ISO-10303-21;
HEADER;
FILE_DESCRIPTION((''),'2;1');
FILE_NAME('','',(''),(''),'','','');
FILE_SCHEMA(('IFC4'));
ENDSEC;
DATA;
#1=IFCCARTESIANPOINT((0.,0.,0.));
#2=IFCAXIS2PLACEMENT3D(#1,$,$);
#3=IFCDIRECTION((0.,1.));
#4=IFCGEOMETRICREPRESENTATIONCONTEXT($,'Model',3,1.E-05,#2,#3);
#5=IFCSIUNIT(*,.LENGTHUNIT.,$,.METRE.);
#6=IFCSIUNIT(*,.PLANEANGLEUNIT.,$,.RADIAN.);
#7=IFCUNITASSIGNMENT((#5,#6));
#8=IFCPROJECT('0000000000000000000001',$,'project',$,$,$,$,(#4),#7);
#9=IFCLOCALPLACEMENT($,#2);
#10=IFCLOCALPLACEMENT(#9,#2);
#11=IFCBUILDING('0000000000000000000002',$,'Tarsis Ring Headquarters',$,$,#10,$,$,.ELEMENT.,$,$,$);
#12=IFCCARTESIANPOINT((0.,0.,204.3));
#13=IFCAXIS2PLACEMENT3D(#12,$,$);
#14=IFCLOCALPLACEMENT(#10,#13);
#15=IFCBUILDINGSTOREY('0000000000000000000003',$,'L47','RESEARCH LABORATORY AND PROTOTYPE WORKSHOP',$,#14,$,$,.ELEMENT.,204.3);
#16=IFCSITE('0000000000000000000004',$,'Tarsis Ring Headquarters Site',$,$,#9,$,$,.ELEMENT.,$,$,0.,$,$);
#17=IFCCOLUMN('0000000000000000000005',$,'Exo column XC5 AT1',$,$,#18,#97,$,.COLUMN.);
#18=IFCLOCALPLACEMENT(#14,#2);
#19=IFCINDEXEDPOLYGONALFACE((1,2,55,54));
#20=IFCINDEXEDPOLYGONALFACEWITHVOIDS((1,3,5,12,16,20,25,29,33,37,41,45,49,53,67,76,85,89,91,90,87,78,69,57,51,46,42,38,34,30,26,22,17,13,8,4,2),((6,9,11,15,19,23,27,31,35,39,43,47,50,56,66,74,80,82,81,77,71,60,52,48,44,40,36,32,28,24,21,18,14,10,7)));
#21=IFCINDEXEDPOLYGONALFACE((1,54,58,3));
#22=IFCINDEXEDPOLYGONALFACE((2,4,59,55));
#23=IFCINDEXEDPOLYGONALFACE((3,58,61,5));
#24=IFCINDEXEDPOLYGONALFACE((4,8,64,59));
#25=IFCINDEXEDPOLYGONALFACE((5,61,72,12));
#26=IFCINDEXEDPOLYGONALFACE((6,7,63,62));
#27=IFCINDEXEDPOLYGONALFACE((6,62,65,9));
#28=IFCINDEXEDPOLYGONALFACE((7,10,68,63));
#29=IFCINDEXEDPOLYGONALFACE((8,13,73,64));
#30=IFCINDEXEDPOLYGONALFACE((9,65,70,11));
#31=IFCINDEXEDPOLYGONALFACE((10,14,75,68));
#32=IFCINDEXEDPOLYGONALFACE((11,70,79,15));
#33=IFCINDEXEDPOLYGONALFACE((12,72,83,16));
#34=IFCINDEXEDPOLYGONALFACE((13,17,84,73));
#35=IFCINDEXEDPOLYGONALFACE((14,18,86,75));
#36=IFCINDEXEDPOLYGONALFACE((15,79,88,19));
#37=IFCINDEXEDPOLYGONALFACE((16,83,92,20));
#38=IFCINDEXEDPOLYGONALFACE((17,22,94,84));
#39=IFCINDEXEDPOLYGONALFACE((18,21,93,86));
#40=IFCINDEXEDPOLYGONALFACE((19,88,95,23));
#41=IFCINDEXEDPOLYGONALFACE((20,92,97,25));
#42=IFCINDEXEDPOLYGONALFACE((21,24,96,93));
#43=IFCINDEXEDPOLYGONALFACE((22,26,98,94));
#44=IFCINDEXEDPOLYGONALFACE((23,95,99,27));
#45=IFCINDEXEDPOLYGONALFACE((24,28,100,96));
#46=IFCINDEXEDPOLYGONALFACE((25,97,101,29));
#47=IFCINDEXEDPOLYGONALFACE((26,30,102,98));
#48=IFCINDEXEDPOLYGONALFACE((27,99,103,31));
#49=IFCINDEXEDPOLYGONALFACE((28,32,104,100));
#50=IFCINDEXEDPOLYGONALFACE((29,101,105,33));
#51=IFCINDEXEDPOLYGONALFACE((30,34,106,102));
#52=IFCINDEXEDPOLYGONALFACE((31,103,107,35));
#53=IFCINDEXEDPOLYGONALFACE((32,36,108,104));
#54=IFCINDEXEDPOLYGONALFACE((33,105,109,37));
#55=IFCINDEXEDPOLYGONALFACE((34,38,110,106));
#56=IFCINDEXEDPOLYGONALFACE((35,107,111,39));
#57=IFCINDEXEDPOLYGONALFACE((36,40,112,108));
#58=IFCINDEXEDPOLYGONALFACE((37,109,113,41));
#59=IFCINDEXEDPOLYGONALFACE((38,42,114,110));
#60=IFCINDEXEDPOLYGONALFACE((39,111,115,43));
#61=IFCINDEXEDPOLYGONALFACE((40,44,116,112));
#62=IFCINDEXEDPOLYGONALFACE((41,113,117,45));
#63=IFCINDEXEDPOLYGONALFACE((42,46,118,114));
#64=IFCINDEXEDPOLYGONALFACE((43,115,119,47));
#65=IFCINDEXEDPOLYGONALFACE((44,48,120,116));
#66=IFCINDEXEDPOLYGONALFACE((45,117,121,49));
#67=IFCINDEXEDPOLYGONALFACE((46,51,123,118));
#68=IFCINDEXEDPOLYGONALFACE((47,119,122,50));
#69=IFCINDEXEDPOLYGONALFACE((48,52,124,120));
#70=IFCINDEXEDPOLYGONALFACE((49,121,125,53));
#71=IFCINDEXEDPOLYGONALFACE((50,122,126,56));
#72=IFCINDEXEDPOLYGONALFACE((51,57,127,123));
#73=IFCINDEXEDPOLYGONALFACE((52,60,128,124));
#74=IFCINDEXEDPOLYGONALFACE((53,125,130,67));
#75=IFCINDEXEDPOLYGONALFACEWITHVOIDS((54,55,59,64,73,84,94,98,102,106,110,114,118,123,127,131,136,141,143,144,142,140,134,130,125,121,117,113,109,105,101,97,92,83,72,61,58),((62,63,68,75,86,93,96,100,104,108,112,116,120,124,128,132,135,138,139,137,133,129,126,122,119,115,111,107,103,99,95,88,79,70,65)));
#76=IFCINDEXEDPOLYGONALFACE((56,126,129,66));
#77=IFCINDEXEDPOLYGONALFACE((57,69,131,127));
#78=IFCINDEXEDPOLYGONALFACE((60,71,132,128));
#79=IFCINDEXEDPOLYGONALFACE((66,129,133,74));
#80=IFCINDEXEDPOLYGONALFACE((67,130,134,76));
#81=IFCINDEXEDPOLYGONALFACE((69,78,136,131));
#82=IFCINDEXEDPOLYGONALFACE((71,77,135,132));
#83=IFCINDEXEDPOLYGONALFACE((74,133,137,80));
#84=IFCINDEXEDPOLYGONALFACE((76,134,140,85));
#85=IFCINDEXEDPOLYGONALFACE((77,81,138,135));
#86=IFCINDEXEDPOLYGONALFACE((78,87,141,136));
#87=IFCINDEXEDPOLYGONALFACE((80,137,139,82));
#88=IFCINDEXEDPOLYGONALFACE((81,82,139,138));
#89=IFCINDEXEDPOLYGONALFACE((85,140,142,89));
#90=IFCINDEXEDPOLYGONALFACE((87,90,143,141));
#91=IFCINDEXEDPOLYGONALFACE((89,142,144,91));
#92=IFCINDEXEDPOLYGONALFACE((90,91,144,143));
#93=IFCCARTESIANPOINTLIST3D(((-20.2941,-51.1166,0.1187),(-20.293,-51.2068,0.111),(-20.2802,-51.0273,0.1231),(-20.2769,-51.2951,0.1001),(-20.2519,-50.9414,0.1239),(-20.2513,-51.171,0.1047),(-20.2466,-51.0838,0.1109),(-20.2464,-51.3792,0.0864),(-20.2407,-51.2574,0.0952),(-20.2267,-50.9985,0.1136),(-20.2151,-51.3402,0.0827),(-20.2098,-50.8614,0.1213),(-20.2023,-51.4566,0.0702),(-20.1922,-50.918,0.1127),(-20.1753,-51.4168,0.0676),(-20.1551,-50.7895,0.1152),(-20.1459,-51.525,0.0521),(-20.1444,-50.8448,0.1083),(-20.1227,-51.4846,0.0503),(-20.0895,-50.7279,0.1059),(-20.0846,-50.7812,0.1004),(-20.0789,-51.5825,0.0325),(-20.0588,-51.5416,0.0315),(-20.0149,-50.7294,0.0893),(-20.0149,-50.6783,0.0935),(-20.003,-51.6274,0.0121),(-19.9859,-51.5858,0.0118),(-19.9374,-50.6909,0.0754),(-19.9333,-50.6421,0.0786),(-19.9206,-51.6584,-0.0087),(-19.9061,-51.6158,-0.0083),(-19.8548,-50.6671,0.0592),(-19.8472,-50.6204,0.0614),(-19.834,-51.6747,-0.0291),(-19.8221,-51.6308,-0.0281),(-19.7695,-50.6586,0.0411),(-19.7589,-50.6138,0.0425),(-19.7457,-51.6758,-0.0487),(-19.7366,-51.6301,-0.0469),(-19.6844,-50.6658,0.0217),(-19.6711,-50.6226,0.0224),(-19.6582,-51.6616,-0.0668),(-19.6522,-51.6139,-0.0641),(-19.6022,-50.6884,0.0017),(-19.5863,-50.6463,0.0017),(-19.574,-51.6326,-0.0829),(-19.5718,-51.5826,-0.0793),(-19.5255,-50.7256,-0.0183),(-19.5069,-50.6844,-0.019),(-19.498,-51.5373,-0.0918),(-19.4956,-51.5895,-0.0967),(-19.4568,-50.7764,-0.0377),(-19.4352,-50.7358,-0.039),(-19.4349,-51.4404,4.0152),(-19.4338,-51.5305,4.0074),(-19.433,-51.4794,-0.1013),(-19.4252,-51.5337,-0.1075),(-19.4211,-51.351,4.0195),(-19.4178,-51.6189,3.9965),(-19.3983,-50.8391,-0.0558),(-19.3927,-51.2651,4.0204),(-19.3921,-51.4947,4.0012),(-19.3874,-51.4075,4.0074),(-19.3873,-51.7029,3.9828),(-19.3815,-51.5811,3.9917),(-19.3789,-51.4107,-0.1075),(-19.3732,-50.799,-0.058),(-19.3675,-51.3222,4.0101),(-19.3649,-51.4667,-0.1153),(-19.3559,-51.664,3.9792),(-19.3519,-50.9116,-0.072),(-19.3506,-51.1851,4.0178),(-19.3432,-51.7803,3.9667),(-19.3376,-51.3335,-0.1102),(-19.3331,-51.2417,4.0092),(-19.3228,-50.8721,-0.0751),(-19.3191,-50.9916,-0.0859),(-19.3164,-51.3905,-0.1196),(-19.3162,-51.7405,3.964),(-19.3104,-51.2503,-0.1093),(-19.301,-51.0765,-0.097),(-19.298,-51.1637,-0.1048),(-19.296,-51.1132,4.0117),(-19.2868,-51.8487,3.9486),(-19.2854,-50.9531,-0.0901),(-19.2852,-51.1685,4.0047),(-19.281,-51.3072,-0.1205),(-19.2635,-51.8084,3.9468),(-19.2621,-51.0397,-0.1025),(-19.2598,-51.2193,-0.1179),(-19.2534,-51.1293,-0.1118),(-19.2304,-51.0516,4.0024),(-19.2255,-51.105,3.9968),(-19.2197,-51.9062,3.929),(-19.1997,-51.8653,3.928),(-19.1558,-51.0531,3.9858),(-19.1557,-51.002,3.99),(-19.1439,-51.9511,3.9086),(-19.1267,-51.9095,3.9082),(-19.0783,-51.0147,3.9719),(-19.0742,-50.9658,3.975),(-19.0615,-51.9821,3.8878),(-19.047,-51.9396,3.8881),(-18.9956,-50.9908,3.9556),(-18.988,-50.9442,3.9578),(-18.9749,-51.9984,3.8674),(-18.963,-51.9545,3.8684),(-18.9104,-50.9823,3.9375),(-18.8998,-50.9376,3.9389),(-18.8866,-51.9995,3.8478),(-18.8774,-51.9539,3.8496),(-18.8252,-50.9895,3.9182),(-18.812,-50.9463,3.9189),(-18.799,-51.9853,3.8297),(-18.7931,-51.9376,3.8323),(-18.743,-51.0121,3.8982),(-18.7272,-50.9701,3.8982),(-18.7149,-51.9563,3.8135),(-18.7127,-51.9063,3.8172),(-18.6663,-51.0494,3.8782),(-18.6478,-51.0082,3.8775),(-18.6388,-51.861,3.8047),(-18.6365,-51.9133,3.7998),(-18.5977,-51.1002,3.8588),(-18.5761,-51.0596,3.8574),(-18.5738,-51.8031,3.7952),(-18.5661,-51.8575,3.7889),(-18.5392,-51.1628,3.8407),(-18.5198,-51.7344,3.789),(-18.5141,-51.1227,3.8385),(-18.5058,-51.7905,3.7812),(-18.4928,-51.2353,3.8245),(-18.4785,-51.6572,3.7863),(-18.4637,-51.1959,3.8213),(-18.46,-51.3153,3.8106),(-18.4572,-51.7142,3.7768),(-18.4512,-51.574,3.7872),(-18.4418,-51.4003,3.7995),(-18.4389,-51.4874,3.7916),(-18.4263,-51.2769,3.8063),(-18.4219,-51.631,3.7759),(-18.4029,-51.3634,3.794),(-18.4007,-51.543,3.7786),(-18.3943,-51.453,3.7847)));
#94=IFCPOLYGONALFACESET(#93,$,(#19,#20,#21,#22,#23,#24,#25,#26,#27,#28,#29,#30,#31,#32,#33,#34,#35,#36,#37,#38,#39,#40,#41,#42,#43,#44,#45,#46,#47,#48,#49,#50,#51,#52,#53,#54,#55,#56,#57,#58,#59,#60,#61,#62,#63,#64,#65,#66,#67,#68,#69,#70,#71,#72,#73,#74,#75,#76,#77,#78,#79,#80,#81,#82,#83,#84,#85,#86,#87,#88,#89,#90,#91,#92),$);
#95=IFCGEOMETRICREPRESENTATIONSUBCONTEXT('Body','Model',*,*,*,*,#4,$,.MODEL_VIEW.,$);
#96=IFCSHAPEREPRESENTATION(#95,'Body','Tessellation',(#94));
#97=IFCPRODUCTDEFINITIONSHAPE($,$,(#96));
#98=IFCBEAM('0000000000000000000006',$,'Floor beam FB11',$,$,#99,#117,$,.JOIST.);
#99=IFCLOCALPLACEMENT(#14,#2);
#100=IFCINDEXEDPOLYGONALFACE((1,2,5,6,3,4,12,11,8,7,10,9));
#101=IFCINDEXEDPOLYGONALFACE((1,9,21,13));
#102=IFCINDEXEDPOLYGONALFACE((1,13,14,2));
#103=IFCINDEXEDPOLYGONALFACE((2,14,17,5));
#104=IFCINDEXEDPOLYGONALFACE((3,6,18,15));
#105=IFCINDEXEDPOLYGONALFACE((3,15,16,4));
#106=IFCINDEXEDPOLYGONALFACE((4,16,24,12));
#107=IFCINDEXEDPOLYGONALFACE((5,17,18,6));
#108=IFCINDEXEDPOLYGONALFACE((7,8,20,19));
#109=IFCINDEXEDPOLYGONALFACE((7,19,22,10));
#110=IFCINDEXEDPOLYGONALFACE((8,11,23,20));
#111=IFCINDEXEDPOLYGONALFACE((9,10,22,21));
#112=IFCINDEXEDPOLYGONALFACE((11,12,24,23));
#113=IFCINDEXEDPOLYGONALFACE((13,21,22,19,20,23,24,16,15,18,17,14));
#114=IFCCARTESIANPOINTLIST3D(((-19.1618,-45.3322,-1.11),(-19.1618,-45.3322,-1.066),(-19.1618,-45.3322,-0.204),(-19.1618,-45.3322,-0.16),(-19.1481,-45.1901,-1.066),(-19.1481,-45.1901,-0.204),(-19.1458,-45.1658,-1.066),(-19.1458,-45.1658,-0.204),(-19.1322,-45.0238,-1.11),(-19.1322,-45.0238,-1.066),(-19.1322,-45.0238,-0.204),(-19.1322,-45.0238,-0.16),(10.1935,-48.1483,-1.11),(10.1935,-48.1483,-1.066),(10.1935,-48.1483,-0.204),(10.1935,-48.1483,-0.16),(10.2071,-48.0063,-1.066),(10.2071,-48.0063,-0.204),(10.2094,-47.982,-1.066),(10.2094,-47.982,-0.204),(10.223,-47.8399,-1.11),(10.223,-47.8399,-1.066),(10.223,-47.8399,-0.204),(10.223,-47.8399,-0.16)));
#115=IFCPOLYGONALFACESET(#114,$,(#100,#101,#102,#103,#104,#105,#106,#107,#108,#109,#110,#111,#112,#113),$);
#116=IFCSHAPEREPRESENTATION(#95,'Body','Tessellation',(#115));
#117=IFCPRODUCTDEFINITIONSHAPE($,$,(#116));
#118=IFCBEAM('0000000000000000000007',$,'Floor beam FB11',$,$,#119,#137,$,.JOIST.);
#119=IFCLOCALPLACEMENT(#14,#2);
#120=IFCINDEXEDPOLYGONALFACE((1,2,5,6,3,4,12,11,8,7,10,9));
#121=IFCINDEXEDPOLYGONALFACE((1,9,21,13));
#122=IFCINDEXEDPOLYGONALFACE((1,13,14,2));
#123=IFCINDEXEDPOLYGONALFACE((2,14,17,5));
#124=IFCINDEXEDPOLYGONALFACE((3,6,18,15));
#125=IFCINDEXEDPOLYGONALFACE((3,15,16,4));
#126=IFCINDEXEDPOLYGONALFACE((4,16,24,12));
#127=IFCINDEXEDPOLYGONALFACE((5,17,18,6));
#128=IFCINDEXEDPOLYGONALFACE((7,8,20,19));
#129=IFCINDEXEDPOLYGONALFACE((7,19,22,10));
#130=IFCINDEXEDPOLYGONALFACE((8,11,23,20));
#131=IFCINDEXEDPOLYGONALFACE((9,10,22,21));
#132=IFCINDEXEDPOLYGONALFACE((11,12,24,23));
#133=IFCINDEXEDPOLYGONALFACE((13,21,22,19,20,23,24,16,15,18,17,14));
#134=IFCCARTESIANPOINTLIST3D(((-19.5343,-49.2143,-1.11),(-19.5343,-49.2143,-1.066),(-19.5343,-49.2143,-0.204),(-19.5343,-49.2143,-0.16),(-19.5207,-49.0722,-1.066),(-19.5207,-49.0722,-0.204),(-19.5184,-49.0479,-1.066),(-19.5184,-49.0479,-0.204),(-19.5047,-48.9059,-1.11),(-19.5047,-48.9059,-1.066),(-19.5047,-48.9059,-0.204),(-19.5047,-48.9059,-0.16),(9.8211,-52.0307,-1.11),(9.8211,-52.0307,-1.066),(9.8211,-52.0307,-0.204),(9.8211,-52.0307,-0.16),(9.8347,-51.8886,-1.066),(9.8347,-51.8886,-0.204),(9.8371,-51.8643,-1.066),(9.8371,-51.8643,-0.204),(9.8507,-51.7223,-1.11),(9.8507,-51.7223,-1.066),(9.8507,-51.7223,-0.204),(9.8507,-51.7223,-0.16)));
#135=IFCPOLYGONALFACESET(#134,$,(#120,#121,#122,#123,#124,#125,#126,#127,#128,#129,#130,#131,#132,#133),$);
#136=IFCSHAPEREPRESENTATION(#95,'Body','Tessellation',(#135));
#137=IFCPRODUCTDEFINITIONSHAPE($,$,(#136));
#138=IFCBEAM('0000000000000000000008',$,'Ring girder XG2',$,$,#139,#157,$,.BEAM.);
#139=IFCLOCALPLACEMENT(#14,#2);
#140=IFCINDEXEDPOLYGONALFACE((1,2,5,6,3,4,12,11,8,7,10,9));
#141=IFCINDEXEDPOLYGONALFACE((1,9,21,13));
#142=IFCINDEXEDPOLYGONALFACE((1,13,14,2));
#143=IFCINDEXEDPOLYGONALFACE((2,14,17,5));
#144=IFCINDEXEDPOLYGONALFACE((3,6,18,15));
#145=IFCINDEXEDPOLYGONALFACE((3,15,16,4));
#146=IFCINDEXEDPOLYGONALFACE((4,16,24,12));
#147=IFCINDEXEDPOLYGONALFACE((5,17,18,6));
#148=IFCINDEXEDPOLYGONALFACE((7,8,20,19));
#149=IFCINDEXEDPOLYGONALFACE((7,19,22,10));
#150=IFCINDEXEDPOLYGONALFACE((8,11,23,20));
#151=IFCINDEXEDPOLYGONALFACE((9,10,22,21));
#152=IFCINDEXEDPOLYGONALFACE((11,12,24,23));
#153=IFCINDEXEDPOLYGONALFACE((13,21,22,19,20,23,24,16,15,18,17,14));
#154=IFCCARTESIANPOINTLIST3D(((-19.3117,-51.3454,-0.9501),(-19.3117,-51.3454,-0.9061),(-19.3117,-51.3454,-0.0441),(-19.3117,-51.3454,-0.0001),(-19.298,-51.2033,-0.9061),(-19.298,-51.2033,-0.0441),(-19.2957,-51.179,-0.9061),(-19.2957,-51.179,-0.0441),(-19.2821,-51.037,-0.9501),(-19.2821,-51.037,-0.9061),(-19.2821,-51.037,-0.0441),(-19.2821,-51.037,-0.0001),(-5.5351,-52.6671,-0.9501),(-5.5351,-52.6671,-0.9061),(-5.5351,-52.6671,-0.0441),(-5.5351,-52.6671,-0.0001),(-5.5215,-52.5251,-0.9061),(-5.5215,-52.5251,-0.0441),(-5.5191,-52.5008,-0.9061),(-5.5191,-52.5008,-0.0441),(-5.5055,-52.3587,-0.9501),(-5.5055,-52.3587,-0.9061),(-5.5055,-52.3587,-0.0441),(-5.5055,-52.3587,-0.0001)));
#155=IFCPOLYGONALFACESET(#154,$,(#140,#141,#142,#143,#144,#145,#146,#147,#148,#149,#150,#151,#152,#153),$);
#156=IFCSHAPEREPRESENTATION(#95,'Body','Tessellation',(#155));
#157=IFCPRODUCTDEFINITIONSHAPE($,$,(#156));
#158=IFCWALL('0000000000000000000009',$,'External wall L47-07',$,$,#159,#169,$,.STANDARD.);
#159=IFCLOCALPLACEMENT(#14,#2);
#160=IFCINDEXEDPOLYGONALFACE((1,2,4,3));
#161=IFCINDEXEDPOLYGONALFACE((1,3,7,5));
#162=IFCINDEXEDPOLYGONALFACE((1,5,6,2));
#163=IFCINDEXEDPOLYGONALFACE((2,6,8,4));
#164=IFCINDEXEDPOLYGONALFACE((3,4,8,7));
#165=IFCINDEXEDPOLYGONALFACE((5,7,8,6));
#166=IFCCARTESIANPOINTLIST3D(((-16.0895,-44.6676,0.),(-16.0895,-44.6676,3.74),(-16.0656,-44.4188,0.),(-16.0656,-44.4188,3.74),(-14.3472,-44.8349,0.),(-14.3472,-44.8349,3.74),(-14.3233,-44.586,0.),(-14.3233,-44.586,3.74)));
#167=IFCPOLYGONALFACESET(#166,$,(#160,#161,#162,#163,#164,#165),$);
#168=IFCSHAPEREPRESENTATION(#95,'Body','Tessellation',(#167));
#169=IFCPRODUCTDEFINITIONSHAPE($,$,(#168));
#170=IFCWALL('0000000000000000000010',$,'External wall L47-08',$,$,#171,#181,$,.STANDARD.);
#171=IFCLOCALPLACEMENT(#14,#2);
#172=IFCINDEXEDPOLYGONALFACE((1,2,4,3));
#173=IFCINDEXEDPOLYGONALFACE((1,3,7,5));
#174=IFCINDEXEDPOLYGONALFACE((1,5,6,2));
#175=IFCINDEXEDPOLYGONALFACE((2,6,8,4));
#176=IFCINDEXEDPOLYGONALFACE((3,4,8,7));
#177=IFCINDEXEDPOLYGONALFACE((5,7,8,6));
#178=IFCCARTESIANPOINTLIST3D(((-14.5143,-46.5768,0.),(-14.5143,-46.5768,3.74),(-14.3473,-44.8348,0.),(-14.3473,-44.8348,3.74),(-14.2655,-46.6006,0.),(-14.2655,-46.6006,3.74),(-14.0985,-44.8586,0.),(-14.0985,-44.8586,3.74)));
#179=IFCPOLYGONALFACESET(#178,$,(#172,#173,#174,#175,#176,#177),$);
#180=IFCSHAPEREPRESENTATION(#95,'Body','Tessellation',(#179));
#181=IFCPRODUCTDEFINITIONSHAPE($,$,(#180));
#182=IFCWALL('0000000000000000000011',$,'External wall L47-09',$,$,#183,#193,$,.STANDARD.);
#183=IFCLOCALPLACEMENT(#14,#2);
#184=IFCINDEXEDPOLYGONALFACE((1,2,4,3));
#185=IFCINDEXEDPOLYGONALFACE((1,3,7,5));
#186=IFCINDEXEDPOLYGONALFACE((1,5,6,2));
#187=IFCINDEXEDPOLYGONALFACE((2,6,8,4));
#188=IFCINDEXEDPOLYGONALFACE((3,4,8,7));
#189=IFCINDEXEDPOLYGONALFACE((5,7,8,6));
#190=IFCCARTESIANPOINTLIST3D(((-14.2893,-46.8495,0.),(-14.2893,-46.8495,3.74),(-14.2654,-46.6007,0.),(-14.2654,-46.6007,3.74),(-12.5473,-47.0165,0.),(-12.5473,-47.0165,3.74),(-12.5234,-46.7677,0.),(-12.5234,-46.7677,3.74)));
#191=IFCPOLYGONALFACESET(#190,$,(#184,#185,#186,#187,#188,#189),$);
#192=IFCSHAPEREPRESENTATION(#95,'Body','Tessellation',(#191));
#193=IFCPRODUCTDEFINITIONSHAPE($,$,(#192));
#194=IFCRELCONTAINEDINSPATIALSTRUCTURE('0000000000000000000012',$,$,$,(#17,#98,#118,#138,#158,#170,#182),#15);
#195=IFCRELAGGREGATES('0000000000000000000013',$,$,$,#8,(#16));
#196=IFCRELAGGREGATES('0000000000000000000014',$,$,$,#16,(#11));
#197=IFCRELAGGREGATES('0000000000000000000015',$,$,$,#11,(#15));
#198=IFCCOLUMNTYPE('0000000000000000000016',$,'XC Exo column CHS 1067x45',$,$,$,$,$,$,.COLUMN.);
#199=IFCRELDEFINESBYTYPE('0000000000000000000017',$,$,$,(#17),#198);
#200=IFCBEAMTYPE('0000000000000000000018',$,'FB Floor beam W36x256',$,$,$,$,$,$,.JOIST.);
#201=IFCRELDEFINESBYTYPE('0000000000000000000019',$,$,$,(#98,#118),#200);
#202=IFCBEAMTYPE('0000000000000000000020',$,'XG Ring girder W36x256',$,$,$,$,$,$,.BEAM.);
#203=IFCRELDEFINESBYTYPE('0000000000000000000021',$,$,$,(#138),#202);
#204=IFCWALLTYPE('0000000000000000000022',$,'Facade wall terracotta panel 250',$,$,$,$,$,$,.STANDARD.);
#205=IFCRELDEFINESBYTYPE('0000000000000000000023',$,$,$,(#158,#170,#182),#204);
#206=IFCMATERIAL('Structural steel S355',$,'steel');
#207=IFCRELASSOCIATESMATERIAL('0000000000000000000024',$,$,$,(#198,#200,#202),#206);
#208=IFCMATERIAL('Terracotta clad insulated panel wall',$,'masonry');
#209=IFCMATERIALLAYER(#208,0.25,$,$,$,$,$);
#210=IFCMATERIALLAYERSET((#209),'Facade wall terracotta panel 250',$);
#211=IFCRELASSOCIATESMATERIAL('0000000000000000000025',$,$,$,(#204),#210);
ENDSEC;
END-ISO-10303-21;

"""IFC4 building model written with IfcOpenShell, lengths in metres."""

from ifc_helpers import new_model, si_unit, direction, frame, frame_2d, origin, origin_2d, place, context, subcontext, project, spatial, rectangle, hollow_circle, i_section, extrude, material, layer, layer_set, material_profile, profile_set, type_object, element, save


model = new_model("IFC4")

# Units and contexts
model_context = context("Model", 3, precision=1e-05, world=origin(), true_north=direction((0.0, 1.0)))
body_context = subcontext(model_context, "Body", "Model", "MODEL_VIEW")
ifc_project = project(units=[si_unit("LENGTHUNIT", "METRE"), si_unit("PLANEANGLEUNIT", "RADIAN")], contexts=[model_context])

# Site, building, storey
site_placement = place(None, origin())
site = spatial("IfcSite", under=ifc_project, at=site_placement, Name="Tarsis Ring Headquarters Site", CompositionType="ELEMENT", RefElevation=0.0)
building_placement = place(site_placement, origin())
building = spatial("IfcBuilding", under=site, at=building_placement, Name="Tarsis Ring Headquarters", CompositionType="ELEMENT")
storey_placement = place(building_placement, frame((0.0, 0.0, 204.3)))
storey = spatial("IfcBuildingStorey", under=building, at=storey_placement, Name="L47", Description="RESEARCH LABORATORY AND PROTOTYPE WORKSHOP", CompositionType="ELEMENT", Elevation=204.3)

# Column
ifc_material_1 = material(Name="Structural steel S355", Category="steel")
ifc_material_profile_1 = material_profile(ifc_material_1, hollow_circle(Radius=0.5334, WallThickness=0.0449, at=origin_2d()), Name="CHS 1067x45")
ifc_profile_set_1 = profile_set([ifc_material_profile_1], Name="Structural steel S355")
column_type = type_object("IfcColumnType", Name="XC Exo column CHS 1067x45", PredefinedType="COLUMN", material=ifc_profile_set_1)
column_placement = place(storey_placement, frame((-19.7744, -51.1455, 0.0017), z_axis=(0.214612, -0.080868, 0.973346), x_axis=(0.352609, 0.935771, 0.0)))
element("IfcColumn", 1, at=column_placement, inside=storey, type_object=column_type, Name="Exo column XC5 AT1", PredefinedType="COLUMN", context=body_context, shape_type="SweptSolid", body=[
    extrude(hollow_circle(Radius=0.5334, WallThickness=0.0449, at=origin_2d()), origin(), (0.0, 0.0, 1.0), 4.0032),
])

# Beams
ifc_material_profile_2 = material_profile(ifc_material_1, i_section(OverallWidth=0.3098, OverallDepth=0.95, WebThickness=0.0244, FlangeThickness=0.0439, at=origin_2d()), Name="W36x256")
ifc_profile_set_2 = profile_set([ifc_material_profile_2], Name="Structural steel S355")
beam_type_1 = type_object("IfcBeamType", Name="FB Floor beam W36x256", PredefinedType="JOIST", material=ifc_profile_set_2)
beam_1_placement = place(storey_placement, frame((-19.147, -45.178, -0.635), z_axis=(0.99543, -0.095496, 0.0), x_axis=(0.095496, 0.99543, 0.0)))
element("IfcBeam", 2, at=beam_1_placement, inside=storey, type_object=beam_type_1, Name="Floor beam FB11", PredefinedType="JOIST", context=body_context, shape_type="SweptSolid", body=[
    extrude(i_section(OverallWidth=0.3098, OverallDepth=0.95, WebThickness=0.0244, FlangeThickness=0.0439, at=origin_2d()), origin(), (0.0, 0.0, 1.0), 29.49),
])
beam_2_placement = place(storey_placement, frame((-19.5195, -49.0601, -0.635), z_axis=(0.995429, -0.095503, 0.0), x_axis=(0.095503, 0.995429, 0.0)))
element("IfcBeam", 3, at=beam_2_placement, inside=storey, type_object=beam_type_1, Name="Floor beam FB11", PredefinedType="JOIST", context=body_context, shape_type="SweptSolid", body=[
    extrude(i_section(OverallWidth=0.3098, OverallDepth=0.95, WebThickness=0.0244, FlangeThickness=0.0439, at=origin_2d()), origin(), (0.0, 0.0, 1.0), 29.4902),
])
beam_type_2 = type_object("IfcBeamType", Name="XG Ring girder W36x256", PredefinedType="BEAM", material=ifc_profile_set_2)
beam_3_placement = place(storey_placement, frame((-19.2969, -51.1912, -0.4751), z_axis=(0.995429, -0.095505, 0.0), x_axis=(0.095505, 0.995429, 0.0)))
element("IfcBeam", 4, at=beam_3_placement, inside=storey, type_object=beam_type_2, Name="Ring girder XG2", PredefinedType="BEAM", context=body_context, shape_type="SweptSolid", body=[
    extrude(i_section(OverallWidth=0.3098, OverallDepth=0.95, WebThickness=0.0244, FlangeThickness=0.0439, at=origin_2d()), origin(), (0.0, 0.0, 1.0), 13.8398),
])

# Walls
ifc_material_2 = material(Name="Terracotta clad insulated panel wall", Category="masonry")
ifc_layer = layer(ifc_material_2, 0.25)
ifc_layer_set = layer_set([ifc_layer], Name="Facade wall terracotta panel 250")
wall_type = type_object("IfcWallType", Name="Facade wall terracotta panel 250", PredefinedType="STANDARD", material=ifc_layer_set)
wall_1_placement = place(storey_placement, frame((-16.0774, -44.5432, 0.0), z_axis=(0.0, 0.0, 1.0), x_axis=(0.995424, -0.095553, 0.0)))
element("IfcWall", 5, at=wall_1_placement, inside=storey, type_object=wall_type, Name="External wall L47-07", PredefinedType="STANDARD", context=body_context, shape_type="SweptSolid", body=[
    extrude(rectangle(XDim=1.7502, YDim=0.25, at=frame_2d((0.875, 0.0))), origin(), (0.0, 0.0, 1.0), 3.74),
])
for number, where, z_axis, x_axis, name in (
    (6, (-14.2229, -44.8467, 0.0), (0.0, 0.0, 1.0), (-0.095428, -0.995436, 0.0), "External wall L47-08"),
    (7, (-14.2773, -46.7251, 0.0), (0.0, 0.0, 1.0), (0.995436, -0.095428, 0.0), "External wall L47-09"),
):
    element("IfcWall", number, at=place(storey_placement, frame(where, z_axis=z_axis, x_axis=x_axis)), inside=storey, type_object=wall_type, Name=name, PredefinedType="STANDARD", context=body_context, shape_type="SweptSolid", body=[
        extrude(rectangle(XDim=1.75, YDim=0.25, at=frame_2d((0.875, 0.0))), origin(), (0.0, 0.0, 1.0), 3.74),
    ])

save(model, "model.ifc")
